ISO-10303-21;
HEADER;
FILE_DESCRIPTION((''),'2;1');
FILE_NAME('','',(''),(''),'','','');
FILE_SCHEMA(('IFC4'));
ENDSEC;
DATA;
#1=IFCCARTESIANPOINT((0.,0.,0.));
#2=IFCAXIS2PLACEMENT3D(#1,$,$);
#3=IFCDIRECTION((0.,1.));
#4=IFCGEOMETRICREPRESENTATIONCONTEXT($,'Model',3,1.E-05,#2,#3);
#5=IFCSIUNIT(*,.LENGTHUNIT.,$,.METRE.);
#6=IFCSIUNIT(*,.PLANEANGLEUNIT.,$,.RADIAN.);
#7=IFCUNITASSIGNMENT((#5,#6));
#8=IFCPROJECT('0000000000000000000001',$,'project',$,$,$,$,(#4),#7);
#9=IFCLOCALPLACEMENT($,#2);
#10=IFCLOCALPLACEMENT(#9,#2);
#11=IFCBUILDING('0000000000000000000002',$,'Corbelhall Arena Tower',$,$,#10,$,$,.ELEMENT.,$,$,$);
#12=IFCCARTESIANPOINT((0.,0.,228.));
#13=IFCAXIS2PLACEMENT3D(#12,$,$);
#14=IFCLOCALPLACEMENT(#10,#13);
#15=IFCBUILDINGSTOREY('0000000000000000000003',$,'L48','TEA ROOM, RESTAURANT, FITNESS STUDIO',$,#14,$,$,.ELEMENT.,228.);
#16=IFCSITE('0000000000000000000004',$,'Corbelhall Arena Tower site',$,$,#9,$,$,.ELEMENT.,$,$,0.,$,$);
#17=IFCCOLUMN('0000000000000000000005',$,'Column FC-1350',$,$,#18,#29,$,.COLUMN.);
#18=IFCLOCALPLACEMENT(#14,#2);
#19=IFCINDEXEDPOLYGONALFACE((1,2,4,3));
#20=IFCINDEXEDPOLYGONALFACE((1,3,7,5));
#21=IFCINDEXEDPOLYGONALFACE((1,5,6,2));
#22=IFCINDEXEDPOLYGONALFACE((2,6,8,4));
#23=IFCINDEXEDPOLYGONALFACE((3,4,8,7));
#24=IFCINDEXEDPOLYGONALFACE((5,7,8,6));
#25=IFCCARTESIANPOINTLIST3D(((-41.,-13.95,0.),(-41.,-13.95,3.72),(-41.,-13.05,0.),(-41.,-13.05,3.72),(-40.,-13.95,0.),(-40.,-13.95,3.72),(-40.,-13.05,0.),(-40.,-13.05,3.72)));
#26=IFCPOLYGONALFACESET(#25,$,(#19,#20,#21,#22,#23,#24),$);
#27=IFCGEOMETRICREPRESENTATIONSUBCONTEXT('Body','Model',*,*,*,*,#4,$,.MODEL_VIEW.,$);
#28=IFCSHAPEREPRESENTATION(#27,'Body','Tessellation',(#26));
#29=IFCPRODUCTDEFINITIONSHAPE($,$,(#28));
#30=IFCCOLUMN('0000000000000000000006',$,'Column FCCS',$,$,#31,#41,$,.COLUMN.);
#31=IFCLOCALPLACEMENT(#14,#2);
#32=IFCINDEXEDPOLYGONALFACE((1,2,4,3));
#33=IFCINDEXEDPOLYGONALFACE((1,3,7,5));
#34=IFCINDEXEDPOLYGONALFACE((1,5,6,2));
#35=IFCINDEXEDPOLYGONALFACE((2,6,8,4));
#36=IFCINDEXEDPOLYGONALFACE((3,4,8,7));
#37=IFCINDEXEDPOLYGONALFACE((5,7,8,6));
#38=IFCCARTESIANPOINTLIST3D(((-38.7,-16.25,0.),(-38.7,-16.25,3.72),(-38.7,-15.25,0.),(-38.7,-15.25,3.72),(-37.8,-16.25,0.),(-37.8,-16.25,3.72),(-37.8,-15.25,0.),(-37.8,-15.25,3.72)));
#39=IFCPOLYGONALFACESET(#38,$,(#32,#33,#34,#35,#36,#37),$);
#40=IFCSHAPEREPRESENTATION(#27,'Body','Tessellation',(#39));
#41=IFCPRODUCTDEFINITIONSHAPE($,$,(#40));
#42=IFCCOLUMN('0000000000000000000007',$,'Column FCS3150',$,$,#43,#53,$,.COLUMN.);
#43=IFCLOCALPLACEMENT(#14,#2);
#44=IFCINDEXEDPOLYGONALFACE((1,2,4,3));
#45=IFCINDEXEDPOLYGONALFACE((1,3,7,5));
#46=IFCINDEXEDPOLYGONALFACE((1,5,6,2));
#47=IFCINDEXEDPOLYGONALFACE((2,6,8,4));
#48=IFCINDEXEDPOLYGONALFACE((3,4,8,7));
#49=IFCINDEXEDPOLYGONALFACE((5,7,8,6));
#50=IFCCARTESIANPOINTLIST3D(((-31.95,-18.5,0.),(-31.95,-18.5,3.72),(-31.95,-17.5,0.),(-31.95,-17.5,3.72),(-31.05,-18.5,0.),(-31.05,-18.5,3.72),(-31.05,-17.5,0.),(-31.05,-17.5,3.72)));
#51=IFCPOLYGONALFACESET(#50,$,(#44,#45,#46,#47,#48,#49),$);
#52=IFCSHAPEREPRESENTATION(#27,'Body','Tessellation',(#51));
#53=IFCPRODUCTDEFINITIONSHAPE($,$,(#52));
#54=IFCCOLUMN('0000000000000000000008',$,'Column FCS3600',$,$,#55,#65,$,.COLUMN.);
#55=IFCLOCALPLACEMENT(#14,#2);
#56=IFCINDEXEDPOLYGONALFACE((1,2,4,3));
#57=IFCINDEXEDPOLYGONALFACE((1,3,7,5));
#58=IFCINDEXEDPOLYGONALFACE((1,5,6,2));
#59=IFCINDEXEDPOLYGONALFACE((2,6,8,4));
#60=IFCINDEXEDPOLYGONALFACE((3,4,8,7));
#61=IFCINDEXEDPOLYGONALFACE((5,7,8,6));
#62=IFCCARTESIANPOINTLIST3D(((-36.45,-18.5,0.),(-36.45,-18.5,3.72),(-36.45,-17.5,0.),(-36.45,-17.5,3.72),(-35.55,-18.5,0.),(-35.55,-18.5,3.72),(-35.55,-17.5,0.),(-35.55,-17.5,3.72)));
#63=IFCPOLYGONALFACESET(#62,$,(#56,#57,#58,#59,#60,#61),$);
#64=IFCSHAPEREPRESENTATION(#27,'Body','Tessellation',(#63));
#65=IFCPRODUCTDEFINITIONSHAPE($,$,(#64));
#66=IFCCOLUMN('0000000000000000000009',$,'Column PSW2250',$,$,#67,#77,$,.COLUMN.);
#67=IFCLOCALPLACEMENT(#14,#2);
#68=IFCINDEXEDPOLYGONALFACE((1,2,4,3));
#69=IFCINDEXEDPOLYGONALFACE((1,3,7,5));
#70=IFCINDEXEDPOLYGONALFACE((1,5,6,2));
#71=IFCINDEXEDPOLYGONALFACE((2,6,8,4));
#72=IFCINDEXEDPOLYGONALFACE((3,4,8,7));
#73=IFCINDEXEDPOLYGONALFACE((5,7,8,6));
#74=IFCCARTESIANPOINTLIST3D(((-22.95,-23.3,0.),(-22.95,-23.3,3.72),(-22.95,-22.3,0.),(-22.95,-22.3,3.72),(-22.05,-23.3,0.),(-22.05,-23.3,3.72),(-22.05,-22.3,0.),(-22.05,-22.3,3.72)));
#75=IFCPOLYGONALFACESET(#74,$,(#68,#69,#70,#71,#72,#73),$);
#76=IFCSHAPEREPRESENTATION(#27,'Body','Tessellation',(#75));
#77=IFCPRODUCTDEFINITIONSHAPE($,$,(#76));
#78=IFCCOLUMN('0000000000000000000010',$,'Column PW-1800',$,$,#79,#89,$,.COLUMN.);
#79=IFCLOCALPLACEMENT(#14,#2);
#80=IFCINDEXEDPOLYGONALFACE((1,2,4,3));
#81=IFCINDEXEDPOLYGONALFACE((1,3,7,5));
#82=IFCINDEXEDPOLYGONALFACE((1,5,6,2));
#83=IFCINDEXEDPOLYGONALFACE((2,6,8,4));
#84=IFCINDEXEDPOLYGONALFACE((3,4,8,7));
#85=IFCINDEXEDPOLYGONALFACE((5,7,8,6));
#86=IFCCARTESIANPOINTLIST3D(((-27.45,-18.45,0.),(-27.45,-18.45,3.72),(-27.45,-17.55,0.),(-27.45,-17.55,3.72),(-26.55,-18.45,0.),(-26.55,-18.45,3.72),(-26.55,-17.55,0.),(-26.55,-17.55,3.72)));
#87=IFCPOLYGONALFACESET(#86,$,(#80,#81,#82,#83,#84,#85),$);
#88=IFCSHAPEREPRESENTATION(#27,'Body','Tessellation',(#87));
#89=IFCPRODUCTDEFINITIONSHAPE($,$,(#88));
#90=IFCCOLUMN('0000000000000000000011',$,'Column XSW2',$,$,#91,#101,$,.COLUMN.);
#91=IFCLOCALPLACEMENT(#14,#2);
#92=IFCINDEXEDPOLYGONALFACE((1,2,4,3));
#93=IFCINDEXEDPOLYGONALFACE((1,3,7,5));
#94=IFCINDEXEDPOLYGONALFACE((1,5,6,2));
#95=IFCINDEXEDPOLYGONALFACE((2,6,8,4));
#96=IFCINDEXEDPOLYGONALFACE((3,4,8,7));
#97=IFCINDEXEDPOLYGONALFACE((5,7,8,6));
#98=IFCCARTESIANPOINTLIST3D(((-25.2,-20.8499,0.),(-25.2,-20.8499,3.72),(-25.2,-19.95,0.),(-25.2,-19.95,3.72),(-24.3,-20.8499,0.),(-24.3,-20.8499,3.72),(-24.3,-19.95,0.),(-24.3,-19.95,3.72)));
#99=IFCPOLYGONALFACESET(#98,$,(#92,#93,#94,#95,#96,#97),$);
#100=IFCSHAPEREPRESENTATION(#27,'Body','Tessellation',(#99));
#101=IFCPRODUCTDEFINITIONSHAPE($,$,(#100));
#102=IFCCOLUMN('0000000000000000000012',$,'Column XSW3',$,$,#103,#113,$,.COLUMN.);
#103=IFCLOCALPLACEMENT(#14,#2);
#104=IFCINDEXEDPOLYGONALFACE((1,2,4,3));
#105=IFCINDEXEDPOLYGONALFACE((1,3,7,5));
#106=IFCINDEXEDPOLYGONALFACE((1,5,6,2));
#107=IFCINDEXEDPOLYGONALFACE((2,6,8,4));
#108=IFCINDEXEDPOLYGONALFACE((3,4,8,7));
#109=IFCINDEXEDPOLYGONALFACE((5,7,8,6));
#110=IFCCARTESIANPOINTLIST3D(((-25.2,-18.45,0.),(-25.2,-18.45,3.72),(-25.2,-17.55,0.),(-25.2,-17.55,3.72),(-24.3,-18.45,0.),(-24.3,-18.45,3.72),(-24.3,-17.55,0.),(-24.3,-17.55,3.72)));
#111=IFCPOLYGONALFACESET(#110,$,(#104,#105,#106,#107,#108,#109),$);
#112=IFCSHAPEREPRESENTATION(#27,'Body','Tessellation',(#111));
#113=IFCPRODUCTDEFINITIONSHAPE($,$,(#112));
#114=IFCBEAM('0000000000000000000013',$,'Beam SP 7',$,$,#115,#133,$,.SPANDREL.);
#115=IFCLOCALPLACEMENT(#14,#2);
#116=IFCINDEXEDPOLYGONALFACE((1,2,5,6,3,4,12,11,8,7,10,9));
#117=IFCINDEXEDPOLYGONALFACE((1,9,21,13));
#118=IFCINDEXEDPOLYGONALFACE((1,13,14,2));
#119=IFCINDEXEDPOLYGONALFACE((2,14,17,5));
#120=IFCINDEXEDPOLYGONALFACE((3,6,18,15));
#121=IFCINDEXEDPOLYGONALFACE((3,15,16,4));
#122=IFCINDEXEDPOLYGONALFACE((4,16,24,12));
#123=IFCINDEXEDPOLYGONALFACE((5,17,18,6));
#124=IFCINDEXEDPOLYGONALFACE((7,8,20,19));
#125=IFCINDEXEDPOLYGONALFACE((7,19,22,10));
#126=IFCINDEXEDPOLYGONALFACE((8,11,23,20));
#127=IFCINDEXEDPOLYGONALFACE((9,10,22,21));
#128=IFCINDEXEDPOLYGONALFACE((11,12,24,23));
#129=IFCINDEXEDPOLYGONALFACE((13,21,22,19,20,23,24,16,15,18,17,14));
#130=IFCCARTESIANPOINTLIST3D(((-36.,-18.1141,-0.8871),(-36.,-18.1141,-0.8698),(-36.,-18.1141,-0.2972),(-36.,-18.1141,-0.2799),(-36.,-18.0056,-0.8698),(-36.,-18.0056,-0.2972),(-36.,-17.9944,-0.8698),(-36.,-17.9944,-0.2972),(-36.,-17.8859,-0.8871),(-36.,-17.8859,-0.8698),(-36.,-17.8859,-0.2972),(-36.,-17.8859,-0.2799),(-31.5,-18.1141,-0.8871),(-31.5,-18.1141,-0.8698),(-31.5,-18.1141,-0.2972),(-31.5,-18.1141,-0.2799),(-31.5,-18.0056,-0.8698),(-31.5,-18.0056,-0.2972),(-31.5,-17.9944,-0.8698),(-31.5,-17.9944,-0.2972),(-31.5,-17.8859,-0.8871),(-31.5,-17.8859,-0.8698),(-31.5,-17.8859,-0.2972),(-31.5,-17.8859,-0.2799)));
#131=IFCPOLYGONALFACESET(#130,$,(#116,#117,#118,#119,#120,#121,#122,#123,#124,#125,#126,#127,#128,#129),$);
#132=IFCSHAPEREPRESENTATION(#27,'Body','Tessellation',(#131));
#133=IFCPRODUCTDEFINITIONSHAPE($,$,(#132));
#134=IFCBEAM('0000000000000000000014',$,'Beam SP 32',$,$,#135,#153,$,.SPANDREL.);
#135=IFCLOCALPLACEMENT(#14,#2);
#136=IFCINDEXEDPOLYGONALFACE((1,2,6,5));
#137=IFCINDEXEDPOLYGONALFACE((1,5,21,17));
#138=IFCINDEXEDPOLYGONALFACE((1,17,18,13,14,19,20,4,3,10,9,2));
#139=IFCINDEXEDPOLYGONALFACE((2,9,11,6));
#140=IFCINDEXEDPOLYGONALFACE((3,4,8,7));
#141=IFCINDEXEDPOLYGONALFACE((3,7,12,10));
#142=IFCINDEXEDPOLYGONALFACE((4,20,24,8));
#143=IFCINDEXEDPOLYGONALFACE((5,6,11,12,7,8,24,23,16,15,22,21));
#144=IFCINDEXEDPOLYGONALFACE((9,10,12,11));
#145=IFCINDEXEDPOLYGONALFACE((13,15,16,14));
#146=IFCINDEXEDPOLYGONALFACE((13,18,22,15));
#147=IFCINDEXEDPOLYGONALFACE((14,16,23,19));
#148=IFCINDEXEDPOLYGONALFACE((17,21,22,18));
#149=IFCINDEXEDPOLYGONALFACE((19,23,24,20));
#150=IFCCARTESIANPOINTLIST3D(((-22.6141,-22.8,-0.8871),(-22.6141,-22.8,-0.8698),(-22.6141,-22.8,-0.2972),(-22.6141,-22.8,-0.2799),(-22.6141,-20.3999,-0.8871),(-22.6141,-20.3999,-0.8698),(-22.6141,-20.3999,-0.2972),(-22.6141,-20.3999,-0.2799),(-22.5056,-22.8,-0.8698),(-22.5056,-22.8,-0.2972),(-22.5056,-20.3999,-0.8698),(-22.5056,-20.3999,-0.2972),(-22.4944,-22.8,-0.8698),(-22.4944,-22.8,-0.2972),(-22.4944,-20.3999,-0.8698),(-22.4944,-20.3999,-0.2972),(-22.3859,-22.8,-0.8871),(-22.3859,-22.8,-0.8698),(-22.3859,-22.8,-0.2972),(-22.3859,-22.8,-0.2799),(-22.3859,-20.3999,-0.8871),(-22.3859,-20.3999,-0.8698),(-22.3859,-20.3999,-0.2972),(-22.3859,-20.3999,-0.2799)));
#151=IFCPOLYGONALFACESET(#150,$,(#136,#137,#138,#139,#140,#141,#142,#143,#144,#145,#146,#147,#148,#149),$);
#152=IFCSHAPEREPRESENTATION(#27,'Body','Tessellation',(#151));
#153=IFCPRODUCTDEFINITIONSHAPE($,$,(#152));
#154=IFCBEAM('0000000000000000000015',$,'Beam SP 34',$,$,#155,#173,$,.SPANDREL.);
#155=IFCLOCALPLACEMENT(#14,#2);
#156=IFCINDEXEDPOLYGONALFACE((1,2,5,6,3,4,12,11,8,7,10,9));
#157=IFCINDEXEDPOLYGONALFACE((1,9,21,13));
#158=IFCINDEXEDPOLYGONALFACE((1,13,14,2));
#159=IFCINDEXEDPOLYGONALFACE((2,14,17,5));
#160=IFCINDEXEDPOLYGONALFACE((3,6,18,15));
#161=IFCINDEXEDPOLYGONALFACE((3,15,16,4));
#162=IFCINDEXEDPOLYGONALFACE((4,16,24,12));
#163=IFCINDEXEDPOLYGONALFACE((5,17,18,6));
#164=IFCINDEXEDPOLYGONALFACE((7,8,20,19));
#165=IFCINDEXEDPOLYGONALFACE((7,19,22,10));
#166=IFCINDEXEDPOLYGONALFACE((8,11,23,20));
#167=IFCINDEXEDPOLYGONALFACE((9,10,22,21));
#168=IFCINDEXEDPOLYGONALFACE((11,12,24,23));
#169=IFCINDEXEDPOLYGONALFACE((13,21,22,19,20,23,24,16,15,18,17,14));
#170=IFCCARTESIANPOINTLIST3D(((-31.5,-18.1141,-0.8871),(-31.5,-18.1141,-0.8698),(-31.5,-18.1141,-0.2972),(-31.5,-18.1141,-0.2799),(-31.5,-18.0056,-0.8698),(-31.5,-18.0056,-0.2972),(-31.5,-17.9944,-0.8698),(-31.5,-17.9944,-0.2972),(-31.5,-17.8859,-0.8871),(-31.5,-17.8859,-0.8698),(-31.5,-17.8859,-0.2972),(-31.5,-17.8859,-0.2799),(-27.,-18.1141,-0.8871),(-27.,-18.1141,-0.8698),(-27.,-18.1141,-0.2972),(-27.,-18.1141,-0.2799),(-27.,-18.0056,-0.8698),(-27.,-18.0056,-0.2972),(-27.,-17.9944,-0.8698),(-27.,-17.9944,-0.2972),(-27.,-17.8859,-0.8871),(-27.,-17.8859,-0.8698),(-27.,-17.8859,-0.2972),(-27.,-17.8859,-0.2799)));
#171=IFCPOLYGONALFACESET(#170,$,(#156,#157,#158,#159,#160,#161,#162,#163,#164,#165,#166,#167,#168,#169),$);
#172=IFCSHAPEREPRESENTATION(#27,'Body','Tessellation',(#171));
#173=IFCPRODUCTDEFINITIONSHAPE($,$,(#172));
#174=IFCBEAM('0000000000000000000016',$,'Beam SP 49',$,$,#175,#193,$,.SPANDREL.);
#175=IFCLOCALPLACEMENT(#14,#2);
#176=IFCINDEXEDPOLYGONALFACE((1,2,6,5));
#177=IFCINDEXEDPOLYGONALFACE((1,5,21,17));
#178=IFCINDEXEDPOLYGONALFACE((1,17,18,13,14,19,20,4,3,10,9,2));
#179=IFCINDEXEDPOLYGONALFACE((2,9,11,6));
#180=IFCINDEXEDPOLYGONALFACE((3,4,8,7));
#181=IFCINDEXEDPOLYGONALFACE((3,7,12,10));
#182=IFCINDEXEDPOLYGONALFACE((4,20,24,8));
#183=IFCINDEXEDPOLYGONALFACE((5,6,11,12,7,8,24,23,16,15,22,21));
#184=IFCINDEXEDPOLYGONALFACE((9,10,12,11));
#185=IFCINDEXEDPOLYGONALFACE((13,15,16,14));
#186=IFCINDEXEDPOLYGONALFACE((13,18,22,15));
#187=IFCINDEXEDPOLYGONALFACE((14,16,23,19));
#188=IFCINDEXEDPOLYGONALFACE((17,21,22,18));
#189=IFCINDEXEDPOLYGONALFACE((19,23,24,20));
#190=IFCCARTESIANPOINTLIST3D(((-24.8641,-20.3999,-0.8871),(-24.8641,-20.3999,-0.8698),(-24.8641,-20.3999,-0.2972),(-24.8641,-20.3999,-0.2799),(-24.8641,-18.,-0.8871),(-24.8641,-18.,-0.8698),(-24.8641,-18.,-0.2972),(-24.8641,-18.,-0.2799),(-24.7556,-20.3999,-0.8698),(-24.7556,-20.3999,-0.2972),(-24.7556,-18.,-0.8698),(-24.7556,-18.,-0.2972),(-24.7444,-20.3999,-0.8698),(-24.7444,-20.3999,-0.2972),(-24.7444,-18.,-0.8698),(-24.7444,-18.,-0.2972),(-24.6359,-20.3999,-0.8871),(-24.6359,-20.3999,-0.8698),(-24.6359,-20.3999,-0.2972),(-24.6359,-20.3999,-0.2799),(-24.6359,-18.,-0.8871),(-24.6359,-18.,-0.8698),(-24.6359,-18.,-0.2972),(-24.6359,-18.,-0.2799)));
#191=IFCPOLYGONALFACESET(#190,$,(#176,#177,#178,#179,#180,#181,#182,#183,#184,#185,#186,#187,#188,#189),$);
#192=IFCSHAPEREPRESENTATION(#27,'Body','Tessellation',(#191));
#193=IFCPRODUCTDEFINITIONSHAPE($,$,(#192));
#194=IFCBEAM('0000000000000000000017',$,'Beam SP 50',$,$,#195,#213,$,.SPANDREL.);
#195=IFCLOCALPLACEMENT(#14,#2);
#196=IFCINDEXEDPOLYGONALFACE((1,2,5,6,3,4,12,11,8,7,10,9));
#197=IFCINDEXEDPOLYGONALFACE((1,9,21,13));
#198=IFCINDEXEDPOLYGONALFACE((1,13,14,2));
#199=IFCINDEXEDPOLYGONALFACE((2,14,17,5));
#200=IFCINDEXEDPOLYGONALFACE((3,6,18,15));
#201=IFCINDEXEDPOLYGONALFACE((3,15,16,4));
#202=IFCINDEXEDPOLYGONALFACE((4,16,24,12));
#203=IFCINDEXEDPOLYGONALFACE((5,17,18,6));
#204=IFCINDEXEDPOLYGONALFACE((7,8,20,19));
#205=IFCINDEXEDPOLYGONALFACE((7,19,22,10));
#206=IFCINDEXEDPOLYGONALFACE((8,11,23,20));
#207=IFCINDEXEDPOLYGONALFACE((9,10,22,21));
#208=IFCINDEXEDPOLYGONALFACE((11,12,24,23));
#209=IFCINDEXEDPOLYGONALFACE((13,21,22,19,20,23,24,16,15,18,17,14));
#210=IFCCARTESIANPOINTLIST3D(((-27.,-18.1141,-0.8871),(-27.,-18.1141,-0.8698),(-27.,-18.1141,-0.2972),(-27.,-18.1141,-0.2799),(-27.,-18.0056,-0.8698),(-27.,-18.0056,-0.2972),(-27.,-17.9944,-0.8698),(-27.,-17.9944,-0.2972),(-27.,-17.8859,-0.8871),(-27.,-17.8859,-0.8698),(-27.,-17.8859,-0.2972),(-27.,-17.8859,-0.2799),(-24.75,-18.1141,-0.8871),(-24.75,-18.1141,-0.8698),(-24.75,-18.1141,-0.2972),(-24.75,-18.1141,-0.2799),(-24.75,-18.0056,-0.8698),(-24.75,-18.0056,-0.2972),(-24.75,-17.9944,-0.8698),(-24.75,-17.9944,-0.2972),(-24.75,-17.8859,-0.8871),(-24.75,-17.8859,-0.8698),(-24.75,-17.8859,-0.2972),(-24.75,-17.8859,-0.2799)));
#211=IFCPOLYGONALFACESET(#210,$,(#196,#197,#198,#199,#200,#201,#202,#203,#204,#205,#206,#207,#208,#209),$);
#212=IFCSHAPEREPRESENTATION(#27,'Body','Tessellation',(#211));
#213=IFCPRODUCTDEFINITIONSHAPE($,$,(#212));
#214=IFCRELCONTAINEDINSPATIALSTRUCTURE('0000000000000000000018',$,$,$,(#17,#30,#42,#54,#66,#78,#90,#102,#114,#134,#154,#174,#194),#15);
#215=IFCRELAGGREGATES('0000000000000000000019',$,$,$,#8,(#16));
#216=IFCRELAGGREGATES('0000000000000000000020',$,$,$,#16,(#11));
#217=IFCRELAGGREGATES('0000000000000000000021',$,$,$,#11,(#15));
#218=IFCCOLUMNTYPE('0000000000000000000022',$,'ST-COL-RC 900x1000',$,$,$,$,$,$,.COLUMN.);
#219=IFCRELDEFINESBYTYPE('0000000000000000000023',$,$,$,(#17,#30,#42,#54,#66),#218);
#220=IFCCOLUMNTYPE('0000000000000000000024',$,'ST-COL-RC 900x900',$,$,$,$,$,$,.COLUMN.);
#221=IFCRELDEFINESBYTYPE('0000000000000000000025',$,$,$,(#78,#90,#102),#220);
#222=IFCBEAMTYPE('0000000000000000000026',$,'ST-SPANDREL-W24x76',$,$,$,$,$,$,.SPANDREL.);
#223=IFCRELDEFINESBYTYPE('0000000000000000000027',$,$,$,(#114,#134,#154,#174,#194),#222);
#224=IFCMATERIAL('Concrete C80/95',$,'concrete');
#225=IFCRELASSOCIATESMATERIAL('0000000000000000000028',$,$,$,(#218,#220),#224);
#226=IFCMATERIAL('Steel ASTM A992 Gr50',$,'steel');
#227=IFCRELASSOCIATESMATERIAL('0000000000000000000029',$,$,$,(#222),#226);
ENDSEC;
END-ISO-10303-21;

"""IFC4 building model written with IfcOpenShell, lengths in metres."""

from ifc_helpers import new_model, si_unit, direction, frame, origin, origin_2d, place, context, subcontext, project, spatial, rectangle, i_section, extrude, material, material_profile, profile_set, type_object, element, save


model = new_model("IFC4")

# Units and contexts
model_context = context("Model", 3, precision=1e-05, world=origin(), true_north=direction((0.0, 1.0)))
body_context = subcontext(model_context, "Body", "Model", "MODEL_VIEW")
ifc_project = project(units=[si_unit("LENGTHUNIT", "METRE"), si_unit("PLANEANGLEUNIT", "RADIAN")], contexts=[model_context])

# Site, building, storey
site_placement = place(None, origin())
site = spatial("IfcSite", under=ifc_project, at=site_placement, Name="Corbelhall Arena Tower site", CompositionType="ELEMENT", RefElevation=0.0)
building_placement = place(site_placement, origin())
building = spatial("IfcBuilding", under=site, at=building_placement, Name="Corbelhall Arena Tower", CompositionType="ELEMENT")
storey_placement = place(building_placement, frame((0.0, 0.0, 228.0)))
storey = spatial("IfcBuildingStorey", under=building, at=storey_placement, Name="L48", Description="TEA ROOM, RESTAURANT, FITNESS STUDIO", CompositionType="ELEMENT", Elevation=228.0)

# Columns
ifc_material_1 = material(Name="Concrete C80/95", Category="concrete")
ifc_material_profile_1 = material_profile(ifc_material_1, rectangle(XDim=0.8999, YDim=1.0, at=origin_2d()))
ifc_profile_set_1 = profile_set([ifc_material_profile_1], Name="Concrete C80/95")
column_type_1 = type_object("IfcColumnType", Name="ST-COL-RC 900x1000", PredefinedType="COLUMN", material=ifc_profile_set_1)
for number, where, z_axis, x_axis, name in (
    (1, (-40.5, -13.5, 0.0), (0.0, 0.0, 1.0), (0.0, 1.0, 0.0), "Column FC-1350"),
    (2, (-38.25, -15.75, 0.0), (0.0, 0.0, 1.0), (1.0, 0.0, 0.0), "Column FCCS"),
    (3, (-31.5, -18.0, 0.0), (0.0, 0.0, 1.0), (1.0, 0.0, 0.0), "Column FCS3150"),
    (4, (-36.0, -18.0, 0.0), (0.0, 0.0, 1.0), (1.0, 0.0, 0.0), "Column FCS3600"),
    (5, (-22.5, -22.8, 0.0), (0.0, 0.0, 1.0), (1.0, 0.0, 0.0), "Column PSW2250"),
):
    element("IfcColumn", number, at=place(storey_placement, frame(where, z_axis=z_axis, x_axis=x_axis)), inside=storey, type_object=column_type_1, Name=name, PredefinedType="COLUMN", context=body_context, shape_type="SweptSolid", body=[
        extrude(rectangle(XDim=0.8999, YDim=1.0, at=origin_2d()), origin(), (0.0, 0.0, 1.0), 3.72),
    ])
ifc_material_profile_2 = material_profile(ifc_material_1, rectangle(XDim=0.8999, YDim=0.8999, at=origin_2d()))
ifc_profile_set_2 = profile_set([ifc_material_profile_2], Name="Concrete C80/95")
column_type_2 = type_object("IfcColumnType", Name="ST-COL-RC 900x900", PredefinedType="COLUMN", material=ifc_profile_set_2)
for number, where, z_axis, x_axis, name in (
    (6, (-27.0, -18.0, 0.0), (0.0, 0.0, 1.0), (1.0, 0.0, 0.0), "Column PW-1800"),
    (7, (-24.75, -20.3999, 0.0), (0.0, 0.0, 1.0), (1.0, 0.0, 0.0), "Column XSW2"),
    (8, (-24.75, -18.0, 0.0), (0.0, 0.0, 1.0), (1.0, 0.0, 0.0), "Column XSW3"),
):
    element("IfcColumn", number, at=place(storey_placement, frame(where, z_axis=z_axis, x_axis=x_axis)), inside=storey, type_object=column_type_2, Name=name, PredefinedType="COLUMN", context=body_context, shape_type="SweptSolid", body=[
        extrude(rectangle(XDim=0.8999, YDim=0.8999, at=origin_2d()), origin(), (0.0, 0.0, 1.0), 3.72),
    ])

# Beams
ifc_material_2 = material(Name="Steel ASTM A992 Gr50", Category="steel")
ifc_material_profile_3 = material_profile(ifc_material_2, i_section(OverallWidth=0.2283, OverallDepth=0.6072, WebThickness=0.0112, FlangeThickness=0.0173, at=origin_2d()))
ifc_profile_set_3 = profile_set([ifc_material_profile_3], Name="Steel ASTM A992 Gr50")
beam_type = type_object("IfcBeamType", Name="ST-SPANDREL-W24x76", PredefinedType="SPANDREL", material=ifc_profile_set_3)
beam_1_placement = place(storey_placement, frame((-31.5, -18.0, -0.5835), z_axis=(-1.0, 0.0, 0.0), x_axis=(0.0, -1.0, 0.0)))
element("IfcBeam", 9, at=beam_1_placement, inside=storey, type_object=beam_type, Name="Beam SP 7", PredefinedType="SPANDREL", context=body_context, shape_type="SweptSolid", body=[
    extrude(i_section(OverallWidth=0.2283, OverallDepth=0.6072, WebThickness=0.0112, FlangeThickness=0.0173, at=origin_2d()), origin(), (0.0, 0.0, 1.0), 4.5),
])
beam_2_placement = place(storey_placement, frame((-22.5, -22.8, -0.5835), z_axis=(0.0, 1.0, 0.0), x_axis=(-1.0, 0.0, 0.0)))
element("IfcBeam", 10, at=beam_2_placement, inside=storey, type_object=beam_type, Name="Beam SP 32", PredefinedType="SPANDREL", context=body_context, shape_type="SweptSolid", body=[
    extrude(i_section(OverallWidth=0.2283, OverallDepth=0.6072, WebThickness=0.0112, FlangeThickness=0.0173, at=origin_2d()), origin(), (0.0, 0.0, 1.0), 2.4001),
])
beam_3_placement = place(storey_placement, frame((-27.0, -18.0, -0.5835), z_axis=(-1.0, 0.0, 0.0), x_axis=(0.0, -1.0, 0.0)))
element("IfcBeam", 11, at=beam_3_placement, inside=storey, type_object=beam_type, Name="Beam SP 34", PredefinedType="SPANDREL", context=body_context, shape_type="SweptSolid", body=[
    extrude(i_section(OverallWidth=0.2283, OverallDepth=0.6072, WebThickness=0.0112, FlangeThickness=0.0173, at=origin_2d()), origin(), (0.0, 0.0, 1.0), 4.5),
])
beam_4_placement = place(storey_placement, frame((-24.75, -20.3999, -0.5835), z_axis=(0.0, 1.0, 0.0), x_axis=(-1.0, 0.0, 0.0)))
element("IfcBeam", 12, at=beam_4_placement, inside=storey, type_object=beam_type, Name="Beam SP 49", PredefinedType="SPANDREL", context=body_context, shape_type="SweptSolid", body=[
    extrude(i_section(OverallWidth=0.2283, OverallDepth=0.6072, WebThickness=0.0112, FlangeThickness=0.0173, at=origin_2d()), origin(), (0.0, 0.0, 1.0), 2.3999),
])
beam_5_placement = place(storey_placement, frame((-24.75, -18.0, -0.5835), z_axis=(-1.0, 0.0, 0.0), x_axis=(0.0, -1.0, 0.0)))
element("IfcBeam", 13, at=beam_5_placement, inside=storey, type_object=beam_type, Name="Beam SP 50", PredefinedType="SPANDREL", context=body_context, shape_type="SweptSolid", body=[
    extrude(i_section(OverallWidth=0.2283, OverallDepth=0.6072, WebThickness=0.0112, FlangeThickness=0.0173, at=origin_2d()), origin(), (0.0, 0.0, 1.0), 2.25),
])

save(model, "model.ifc")
